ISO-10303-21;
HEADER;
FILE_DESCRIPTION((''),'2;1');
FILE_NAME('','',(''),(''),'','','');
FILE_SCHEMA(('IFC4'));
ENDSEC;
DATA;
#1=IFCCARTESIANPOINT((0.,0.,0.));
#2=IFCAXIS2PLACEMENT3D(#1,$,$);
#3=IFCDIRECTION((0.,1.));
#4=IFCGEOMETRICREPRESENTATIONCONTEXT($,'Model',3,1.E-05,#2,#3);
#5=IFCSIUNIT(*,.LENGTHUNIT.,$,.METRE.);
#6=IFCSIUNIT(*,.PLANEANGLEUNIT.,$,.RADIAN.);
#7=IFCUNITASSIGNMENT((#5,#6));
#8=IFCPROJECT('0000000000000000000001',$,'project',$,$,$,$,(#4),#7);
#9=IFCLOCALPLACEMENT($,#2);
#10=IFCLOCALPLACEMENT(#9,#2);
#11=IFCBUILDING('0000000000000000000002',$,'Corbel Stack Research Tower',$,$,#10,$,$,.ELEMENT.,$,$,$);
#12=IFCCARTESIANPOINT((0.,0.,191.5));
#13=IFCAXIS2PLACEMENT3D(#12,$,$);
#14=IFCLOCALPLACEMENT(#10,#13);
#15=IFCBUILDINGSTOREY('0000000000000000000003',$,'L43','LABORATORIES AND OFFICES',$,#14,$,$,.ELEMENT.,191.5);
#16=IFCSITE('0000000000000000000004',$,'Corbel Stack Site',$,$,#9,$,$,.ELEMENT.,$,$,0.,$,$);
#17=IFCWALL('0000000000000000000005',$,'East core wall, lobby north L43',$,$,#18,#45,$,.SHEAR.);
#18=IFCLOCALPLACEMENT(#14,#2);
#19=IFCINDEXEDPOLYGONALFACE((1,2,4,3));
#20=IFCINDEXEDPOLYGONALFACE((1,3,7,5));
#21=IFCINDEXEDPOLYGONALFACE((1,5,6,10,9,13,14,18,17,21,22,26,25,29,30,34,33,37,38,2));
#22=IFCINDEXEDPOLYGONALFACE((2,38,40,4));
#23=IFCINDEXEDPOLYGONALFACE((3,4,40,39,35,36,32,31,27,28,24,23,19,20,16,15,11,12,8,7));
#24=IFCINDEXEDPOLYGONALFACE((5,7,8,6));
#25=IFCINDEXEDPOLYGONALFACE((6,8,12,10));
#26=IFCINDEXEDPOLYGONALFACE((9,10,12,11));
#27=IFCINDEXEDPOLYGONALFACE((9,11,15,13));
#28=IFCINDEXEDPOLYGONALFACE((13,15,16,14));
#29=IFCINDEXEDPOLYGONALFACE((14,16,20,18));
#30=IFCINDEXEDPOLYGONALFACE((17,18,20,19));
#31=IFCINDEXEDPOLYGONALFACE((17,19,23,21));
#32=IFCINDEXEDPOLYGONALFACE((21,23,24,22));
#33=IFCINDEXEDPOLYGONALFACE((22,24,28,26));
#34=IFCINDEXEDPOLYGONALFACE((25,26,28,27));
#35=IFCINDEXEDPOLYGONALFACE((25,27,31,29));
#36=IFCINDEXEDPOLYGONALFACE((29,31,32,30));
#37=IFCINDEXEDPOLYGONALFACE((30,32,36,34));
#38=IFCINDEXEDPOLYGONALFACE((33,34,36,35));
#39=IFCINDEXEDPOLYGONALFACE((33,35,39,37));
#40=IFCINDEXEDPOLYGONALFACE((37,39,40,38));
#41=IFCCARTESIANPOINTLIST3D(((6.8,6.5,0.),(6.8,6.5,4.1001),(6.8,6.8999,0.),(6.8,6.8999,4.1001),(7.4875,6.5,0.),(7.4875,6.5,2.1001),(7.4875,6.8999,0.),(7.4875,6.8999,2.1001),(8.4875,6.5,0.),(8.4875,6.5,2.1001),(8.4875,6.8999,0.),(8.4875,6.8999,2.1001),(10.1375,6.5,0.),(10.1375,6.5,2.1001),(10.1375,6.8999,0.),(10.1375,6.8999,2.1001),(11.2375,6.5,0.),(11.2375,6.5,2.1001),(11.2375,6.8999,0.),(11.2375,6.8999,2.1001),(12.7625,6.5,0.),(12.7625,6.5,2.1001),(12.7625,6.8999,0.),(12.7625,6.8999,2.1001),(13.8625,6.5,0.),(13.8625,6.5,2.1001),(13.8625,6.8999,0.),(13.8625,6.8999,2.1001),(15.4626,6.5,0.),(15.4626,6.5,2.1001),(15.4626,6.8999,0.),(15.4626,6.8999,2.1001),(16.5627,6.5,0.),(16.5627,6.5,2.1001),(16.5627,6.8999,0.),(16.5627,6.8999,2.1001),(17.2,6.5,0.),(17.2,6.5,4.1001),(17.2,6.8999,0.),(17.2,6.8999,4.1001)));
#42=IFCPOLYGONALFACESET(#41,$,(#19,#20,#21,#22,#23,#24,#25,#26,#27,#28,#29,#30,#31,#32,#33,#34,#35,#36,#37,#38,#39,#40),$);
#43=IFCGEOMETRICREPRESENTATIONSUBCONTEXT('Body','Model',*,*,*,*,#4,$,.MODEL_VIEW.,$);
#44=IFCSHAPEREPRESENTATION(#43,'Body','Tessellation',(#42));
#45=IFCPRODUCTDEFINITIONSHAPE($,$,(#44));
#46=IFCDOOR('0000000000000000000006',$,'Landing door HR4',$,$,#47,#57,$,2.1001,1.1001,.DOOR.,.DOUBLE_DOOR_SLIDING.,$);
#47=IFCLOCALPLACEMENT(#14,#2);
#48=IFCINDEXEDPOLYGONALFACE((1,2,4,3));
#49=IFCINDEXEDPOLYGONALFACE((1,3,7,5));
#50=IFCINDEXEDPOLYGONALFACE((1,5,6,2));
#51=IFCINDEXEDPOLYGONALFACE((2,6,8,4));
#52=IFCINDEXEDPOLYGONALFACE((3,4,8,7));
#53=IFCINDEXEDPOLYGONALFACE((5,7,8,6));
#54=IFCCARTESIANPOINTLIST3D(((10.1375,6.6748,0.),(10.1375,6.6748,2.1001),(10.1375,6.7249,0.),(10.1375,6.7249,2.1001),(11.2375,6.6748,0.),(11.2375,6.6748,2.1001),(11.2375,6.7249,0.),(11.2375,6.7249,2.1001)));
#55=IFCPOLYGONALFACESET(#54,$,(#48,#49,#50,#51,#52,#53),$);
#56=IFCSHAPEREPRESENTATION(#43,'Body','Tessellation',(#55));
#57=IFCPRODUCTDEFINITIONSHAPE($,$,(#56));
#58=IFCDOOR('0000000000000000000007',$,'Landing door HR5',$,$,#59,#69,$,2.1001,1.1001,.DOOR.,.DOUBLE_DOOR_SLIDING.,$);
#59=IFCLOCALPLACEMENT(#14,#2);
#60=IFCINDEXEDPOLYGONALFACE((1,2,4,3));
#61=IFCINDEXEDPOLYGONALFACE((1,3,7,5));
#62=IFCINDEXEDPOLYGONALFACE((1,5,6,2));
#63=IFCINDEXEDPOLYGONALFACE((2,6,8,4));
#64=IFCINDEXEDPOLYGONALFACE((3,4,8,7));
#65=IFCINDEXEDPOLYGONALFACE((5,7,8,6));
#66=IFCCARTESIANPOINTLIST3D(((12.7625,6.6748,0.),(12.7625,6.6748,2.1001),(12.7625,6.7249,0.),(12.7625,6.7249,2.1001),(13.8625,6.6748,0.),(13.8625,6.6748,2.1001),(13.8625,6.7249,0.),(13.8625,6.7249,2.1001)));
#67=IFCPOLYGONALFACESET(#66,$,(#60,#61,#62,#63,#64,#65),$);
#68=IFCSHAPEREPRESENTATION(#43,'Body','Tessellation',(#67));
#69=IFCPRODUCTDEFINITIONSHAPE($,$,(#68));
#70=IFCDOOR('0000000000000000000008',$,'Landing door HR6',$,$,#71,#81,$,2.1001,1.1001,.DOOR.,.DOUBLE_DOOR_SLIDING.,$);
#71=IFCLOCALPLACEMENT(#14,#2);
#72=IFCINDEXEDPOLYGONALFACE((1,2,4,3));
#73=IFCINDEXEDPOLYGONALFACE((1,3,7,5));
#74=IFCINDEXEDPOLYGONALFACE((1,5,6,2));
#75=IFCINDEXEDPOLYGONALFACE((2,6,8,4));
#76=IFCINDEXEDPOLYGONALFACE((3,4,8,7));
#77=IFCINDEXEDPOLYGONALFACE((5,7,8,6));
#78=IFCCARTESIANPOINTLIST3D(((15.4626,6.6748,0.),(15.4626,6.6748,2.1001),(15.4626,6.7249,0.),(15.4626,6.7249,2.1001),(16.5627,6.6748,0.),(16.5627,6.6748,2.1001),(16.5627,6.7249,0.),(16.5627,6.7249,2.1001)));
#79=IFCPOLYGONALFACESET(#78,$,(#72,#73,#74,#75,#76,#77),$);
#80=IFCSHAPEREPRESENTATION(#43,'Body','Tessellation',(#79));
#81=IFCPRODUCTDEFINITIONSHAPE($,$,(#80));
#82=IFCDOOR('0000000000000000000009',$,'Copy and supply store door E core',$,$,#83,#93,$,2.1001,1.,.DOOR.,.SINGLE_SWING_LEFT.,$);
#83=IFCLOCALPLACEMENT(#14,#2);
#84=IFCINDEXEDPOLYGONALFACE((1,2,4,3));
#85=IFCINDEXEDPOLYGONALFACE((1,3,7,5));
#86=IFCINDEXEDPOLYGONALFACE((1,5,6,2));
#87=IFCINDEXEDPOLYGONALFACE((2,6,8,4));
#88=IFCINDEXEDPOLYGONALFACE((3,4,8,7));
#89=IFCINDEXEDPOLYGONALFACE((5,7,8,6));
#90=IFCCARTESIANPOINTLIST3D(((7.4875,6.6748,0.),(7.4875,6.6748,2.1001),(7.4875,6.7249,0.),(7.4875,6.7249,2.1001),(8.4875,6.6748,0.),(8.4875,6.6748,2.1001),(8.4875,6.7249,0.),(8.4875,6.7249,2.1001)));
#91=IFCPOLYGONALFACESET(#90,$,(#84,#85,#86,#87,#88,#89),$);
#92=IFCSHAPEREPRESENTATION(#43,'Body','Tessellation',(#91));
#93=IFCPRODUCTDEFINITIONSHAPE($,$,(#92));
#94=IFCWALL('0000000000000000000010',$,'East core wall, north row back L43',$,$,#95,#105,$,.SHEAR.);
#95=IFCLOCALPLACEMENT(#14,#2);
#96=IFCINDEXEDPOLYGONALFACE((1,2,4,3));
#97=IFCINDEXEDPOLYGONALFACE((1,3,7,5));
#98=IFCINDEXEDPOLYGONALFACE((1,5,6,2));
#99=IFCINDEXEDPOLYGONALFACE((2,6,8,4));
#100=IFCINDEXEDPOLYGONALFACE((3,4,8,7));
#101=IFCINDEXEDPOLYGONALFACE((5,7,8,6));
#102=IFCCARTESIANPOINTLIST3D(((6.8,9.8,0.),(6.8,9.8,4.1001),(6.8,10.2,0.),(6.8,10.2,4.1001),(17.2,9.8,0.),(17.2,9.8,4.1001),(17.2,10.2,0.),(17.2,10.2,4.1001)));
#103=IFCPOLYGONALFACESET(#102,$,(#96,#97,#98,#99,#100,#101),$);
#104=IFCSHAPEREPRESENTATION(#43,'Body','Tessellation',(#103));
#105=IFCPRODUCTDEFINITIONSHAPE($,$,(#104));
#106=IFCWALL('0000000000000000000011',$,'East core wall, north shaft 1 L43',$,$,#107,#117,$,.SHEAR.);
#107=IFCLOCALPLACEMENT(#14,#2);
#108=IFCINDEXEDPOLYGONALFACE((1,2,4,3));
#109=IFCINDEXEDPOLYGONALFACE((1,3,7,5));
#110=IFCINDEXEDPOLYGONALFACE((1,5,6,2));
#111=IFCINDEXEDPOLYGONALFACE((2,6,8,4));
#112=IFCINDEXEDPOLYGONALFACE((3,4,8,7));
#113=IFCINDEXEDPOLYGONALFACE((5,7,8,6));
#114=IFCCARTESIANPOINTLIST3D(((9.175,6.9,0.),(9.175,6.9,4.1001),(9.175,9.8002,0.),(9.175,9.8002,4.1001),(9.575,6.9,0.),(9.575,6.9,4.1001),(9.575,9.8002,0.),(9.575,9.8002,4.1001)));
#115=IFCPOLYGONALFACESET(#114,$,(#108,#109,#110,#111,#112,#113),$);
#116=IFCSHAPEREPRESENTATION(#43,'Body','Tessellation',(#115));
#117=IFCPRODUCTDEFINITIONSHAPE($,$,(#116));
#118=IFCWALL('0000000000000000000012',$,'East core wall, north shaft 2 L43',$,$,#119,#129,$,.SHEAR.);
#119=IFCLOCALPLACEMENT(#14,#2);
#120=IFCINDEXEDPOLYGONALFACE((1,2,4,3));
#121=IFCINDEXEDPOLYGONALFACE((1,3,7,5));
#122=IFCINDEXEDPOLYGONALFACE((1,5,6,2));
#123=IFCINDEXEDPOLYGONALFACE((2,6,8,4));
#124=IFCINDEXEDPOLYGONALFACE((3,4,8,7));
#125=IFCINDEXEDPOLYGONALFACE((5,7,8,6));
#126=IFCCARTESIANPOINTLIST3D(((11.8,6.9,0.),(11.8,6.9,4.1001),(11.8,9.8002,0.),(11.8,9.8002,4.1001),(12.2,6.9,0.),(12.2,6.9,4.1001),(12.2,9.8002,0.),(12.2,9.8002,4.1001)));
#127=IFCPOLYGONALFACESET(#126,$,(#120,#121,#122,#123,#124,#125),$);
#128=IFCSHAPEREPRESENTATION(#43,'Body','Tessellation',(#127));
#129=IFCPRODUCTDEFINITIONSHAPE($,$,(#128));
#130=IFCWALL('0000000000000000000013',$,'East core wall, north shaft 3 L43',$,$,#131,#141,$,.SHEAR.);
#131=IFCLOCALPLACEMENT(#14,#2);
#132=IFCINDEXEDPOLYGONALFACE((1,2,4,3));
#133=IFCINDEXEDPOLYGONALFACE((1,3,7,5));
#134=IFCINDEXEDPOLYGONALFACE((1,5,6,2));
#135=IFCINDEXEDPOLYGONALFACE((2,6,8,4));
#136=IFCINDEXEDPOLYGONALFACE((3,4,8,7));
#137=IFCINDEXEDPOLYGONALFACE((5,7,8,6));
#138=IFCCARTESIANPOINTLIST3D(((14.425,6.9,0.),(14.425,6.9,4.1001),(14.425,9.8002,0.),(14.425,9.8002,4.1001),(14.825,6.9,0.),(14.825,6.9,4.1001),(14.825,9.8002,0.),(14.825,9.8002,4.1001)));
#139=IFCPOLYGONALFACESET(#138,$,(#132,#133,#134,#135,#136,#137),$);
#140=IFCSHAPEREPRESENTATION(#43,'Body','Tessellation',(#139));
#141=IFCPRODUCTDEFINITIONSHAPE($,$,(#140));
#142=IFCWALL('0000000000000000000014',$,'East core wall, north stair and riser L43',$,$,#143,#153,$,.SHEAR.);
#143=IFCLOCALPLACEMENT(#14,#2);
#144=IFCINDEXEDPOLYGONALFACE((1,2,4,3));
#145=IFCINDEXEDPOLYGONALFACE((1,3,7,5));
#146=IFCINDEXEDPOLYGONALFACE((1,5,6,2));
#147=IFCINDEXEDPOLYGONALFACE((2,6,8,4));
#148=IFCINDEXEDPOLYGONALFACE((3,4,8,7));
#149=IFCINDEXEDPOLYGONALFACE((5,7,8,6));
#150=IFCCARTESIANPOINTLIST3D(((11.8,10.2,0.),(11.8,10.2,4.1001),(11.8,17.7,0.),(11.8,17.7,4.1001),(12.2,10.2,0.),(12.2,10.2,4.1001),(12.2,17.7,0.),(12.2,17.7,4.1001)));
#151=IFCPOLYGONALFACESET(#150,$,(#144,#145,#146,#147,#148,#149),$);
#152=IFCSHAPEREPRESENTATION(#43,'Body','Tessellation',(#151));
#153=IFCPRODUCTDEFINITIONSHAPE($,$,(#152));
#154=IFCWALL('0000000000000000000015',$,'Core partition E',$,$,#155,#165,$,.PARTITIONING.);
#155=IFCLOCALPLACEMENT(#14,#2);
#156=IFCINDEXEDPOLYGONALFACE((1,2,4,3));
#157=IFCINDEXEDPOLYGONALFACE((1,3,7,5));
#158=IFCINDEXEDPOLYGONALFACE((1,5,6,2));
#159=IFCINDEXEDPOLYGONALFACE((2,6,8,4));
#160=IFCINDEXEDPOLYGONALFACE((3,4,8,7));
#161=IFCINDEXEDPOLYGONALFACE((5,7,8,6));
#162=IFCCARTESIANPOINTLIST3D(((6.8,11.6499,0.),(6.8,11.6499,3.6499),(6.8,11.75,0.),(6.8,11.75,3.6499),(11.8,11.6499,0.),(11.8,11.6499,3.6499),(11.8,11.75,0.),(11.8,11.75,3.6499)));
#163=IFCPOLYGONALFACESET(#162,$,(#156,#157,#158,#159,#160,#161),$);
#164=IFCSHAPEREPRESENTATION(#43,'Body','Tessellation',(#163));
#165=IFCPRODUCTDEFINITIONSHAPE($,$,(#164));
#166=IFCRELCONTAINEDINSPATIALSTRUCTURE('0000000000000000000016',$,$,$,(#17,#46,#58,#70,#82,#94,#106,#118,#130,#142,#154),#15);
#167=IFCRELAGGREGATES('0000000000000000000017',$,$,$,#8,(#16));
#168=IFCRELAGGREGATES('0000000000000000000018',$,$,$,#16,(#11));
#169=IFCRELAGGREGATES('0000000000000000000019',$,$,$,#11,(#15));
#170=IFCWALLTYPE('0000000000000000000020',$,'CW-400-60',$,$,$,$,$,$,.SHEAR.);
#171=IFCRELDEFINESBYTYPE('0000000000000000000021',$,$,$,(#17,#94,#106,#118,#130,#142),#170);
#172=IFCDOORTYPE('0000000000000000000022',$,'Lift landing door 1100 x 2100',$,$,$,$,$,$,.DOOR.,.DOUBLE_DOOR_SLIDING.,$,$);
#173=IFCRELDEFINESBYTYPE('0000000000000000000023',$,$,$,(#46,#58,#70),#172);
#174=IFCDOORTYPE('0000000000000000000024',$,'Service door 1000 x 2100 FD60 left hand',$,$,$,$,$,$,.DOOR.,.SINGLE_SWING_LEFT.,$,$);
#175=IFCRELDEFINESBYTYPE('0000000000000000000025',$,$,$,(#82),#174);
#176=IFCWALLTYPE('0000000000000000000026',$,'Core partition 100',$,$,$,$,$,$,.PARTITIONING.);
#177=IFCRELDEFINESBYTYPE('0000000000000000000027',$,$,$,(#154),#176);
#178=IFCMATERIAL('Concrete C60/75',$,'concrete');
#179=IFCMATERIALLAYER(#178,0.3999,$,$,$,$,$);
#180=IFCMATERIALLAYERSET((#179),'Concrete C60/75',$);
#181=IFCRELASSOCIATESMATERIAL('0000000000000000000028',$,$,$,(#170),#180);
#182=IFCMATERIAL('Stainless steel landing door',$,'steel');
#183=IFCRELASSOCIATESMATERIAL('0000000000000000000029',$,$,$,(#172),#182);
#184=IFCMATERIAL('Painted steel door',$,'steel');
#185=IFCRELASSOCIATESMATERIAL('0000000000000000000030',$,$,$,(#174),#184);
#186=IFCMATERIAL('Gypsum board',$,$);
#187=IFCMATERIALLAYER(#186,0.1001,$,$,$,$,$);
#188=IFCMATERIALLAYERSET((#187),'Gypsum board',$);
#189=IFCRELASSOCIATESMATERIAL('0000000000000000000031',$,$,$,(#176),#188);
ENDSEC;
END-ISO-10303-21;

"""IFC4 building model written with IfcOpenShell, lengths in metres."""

from ifc_helpers import new_model, si_unit, direction, frame, frame_2d, origin, place, context, subcontext, project, spatial, rectangle, extrude, material, layer, layer_set, type_object, element, fill, save


model = new_model("IFC4")

# Units and contexts
model_context = context("Model", 3, precision=1e-05, world=origin(), true_north=direction((0.0, 1.0)))
body_context = subcontext(model_context, "Body", "Model", "MODEL_VIEW")
ifc_project = project(units=[si_unit("LENGTHUNIT", "METRE"), si_unit("PLANEANGLEUNIT", "RADIAN")], contexts=[model_context])

# Site, building, storey
site_placement = place(None, origin())
site = spatial("IfcSite", under=ifc_project, at=site_placement, Name="Corbel Stack Site", CompositionType="ELEMENT", RefElevation=0.0)
building_placement = place(site_placement, origin())
building = spatial("IfcBuilding", under=site, at=building_placement, Name="Corbel Stack Research Tower", CompositionType="ELEMENT")
storey_placement = place(building_placement, frame((0.0, 0.0, 191.5)))
storey = spatial("IfcBuildingStorey", under=building, at=storey_placement, Name="L43", Description="LABORATORIES AND OFFICES", CompositionType="ELEMENT", Elevation=191.5)

# Wall, openings, doors
ifc_material_1 = material(Name="Concrete C60/75", Category="concrete")
ifc_layer_1 = layer(ifc_material_1, 0.3999)
ifc_layer_set_1 = layer_set([ifc_layer_1], Name="Concrete C60/75")
wall_type_1 = type_object("IfcWallType", Name="CW-400-60", PredefinedType="SHEAR", material=ifc_layer_set_1)
ifc_material_2 = material(Name="Stainless steel landing door", Category="steel")
door_type_1 = type_object("IfcDoorType", Name="Lift landing door 1100 x 2100", OperationType="DOUBLE_DOOR_SLIDING", PredefinedType="DOOR", material=ifc_material_2)
ifc_material_3 = material(Name="Painted steel door", Category="steel")
door_type_2 = type_object("IfcDoorType", Name="Service door 1000 x 2100 FD60 left hand", OperationType="SINGLE_SWING_LEFT", PredefinedType="DOOR", material=ifc_material_3)
wall_1_placement = place(storey_placement, frame((6.8, 6.7, 0.0), z_axis=(0.0, 0.0, 1.0), x_axis=(1.0, 0.0, 0.0)))
wall_1 = element("IfcWall", 1, at=wall_1_placement, inside=storey, type_object=wall_type_1, Name="East core wall, lobby north L43", PredefinedType="SHEAR", context=body_context, shape_type="SweptSolid", body=[
    extrude(rectangle(XDim=10.3999, YDim=0.3999, at=frame_2d((5.2, 0.0))), origin(), (0.0, 0.0, 1.0), 4.1001),
])
opening_1_placement = place(wall_1_placement, frame((3.3374, 0.0, 0.0)))
opening_1 = element("IfcOpeningElement", 2, at=opening_1_placement, cuts=wall_1, PredefinedType="OPENING", context=body_context, shape_type="SweptSolid", body=[
    extrude(rectangle(XDim=1.1001, YDim=2.1001, at=frame_2d((0.55, 1.05))), frame((0.0, 0.21, 0.0), z_axis=(0.0, -1.0, 0.0), x_axis=(1.0, 0.0, 0.0)), (0.0, 0.0, 1.0), 0.4199),
])
opening_2_placement = place(wall_1_placement, frame((5.9624, 0.0, 0.0)))
opening_2 = element("IfcOpeningElement", 3, at=opening_2_placement, cuts=wall_1, PredefinedType="OPENING", context=body_context, shape_type="SweptSolid", body=[
    extrude(rectangle(XDim=1.1001, YDim=2.1001, at=frame_2d((0.55, 1.05))), frame((0.0, 0.21, 0.0), z_axis=(0.0, -1.0, 0.0), x_axis=(1.0, 0.0, 0.0)), (0.0, 0.0, 1.0), 0.4199),
])
opening_3_placement = place(wall_1_placement, frame((8.6626, 0.0, 0.0)))
opening_3 = element("IfcOpeningElement", 4, at=opening_3_placement, cuts=wall_1, PredefinedType="OPENING", context=body_context, shape_type="SweptSolid", body=[
    extrude(rectangle(XDim=1.1001, YDim=2.1001, at=frame_2d((0.55, 1.05))), frame((0.0, 0.21, 0.0), z_axis=(0.0, -1.0, 0.0), x_axis=(1.0, 0.0, 0.0)), (0.0, 0.0, 1.0), 0.4199),
])
opening_4_placement = place(wall_1_placement, frame((0.6875, 0.0, 0.0)))
opening_4 = element("IfcOpeningElement", 5, at=opening_4_placement, cuts=wall_1, PredefinedType="OPENING", context=body_context, shape_type="SweptSolid", body=[
    extrude(rectangle(XDim=1.0, YDim=2.1001, at=frame_2d((0.5, 1.05))), frame((0.0, 0.21, 0.0), z_axis=(0.0, -1.0, 0.0), x_axis=(1.0, 0.0, 0.0)), (0.0, 0.0, 1.0), 0.4199),
])
door_1_placement = place(opening_1_placement, origin())
door_1 = element("IfcDoor", 6, at=door_1_placement, inside=storey, type_object=door_type_1, Name="Landing door HR4", OperationType="DOUBLE_DOOR_SLIDING", OverallHeight=2.1001, OverallWidth=1.1001, PredefinedType="DOOR", context=body_context, shape_type="SweptSolid", body=[
    extrude(rectangle(XDim=1.1001, YDim=2.1001, at=frame_2d((0.55, 1.05))), frame((0.0, 0.0249, 0.0), z_axis=(0.0, -1.0, 0.0), x_axis=(1.0, 0.0, 0.0)), (0.0, 0.0, 1.0), 0.05),
])
fill(opening_1, door_1)
door_2_placement = place(opening_2_placement, origin())
door_2 = element("IfcDoor", 7, at=door_2_placement, inside=storey, type_object=door_type_1, Name="Landing door HR5", OperationType="DOUBLE_DOOR_SLIDING", OverallHeight=2.1001, OverallWidth=1.1001, PredefinedType="DOOR", context=body_context, shape_type="SweptSolid", body=[
    extrude(rectangle(XDim=1.1001, YDim=2.1001, at=frame_2d((0.55, 1.05))), frame((0.0, 0.0249, 0.0), z_axis=(0.0, -1.0, 0.0), x_axis=(1.0, 0.0, 0.0)), (0.0, 0.0, 1.0), 0.05),
])
fill(opening_2, door_2)
door_3_placement = place(opening_3_placement, origin())
door_3 = element("IfcDoor", 8, at=door_3_placement, inside=storey, type_object=door_type_1, Name="Landing door HR6", OperationType="DOUBLE_DOOR_SLIDING", OverallHeight=2.1001, OverallWidth=1.1001, PredefinedType="DOOR", context=body_context, shape_type="SweptSolid", body=[
    extrude(rectangle(XDim=1.1001, YDim=2.1001, at=frame_2d((0.55, 1.05))), frame((0.0, 0.0249, 0.0), z_axis=(0.0, -1.0, 0.0), x_axis=(1.0, 0.0, 0.0)), (0.0, 0.0, 1.0), 0.05),
])
fill(opening_3, door_3)
door_4_placement = place(opening_4_placement, origin())
door_4 = element("IfcDoor", 9, at=door_4_placement, inside=storey, type_object=door_type_2, Name="Copy and supply store door E core", OperationType="SINGLE_SWING_LEFT", OverallHeight=2.1001, OverallWidth=1.0, PredefinedType="DOOR", context=body_context, shape_type="SweptSolid", body=[
    extrude(rectangle(XDim=1.0, YDim=2.1001, at=frame_2d((0.5, 1.05))), frame((0.0, 0.0249, 0.0), z_axis=(0.0, -1.0, 0.0), x_axis=(1.0, 0.0, 0.0)), (0.0, 0.0, 1.0), 0.05),
])
fill(opening_4, door_4)

# Walls
wall_2_placement = place(storey_placement, frame((6.8, 10.0, 0.0), z_axis=(0.0, 0.0, 1.0), x_axis=(1.0, 0.0, 0.0)))
element("IfcWall", 10, at=wall_2_placement, inside=storey, type_object=wall_type_1, Name="East core wall, north row back L43", PredefinedType="SHEAR", context=body_context, shape_type="SweptSolid", body=[
    extrude(rectangle(XDim=10.3999, YDim=0.3999, at=frame_2d((5.2, 0.0))), origin(), (0.0, 0.0, 1.0), 4.1001),
])
for number, where, z_axis, x_axis, name in (
    (11, (9.375, 6.8999, 0.0), (0.0, 0.0, 1.0), (0.0, 1.0, 0.0), "East core wall, north shaft 1 L43"),
    (12, (12.0, 6.8999, 0.0), (0.0, 0.0, 1.0), (0.0, 1.0, 0.0), "East core wall, north shaft 2 L43"),
    (13, (14.625, 6.8999, 0.0), (0.0, 0.0, 1.0), (0.0, 1.0, 0.0), "East core wall, north shaft 3 L43"),
):
    element("IfcWall", number, at=place(storey_placement, frame(where, z_axis=z_axis, x_axis=x_axis)), inside=storey, type_object=wall_type_1, Name=name, PredefinedType="SHEAR", context=body_context, shape_type="SweptSolid", body=[
        extrude(rectangle(XDim=2.9001, YDim=0.3999, at=frame_2d((1.4502, 0.0))), origin(), (0.0, 0.0, 1.0), 4.1001),
    ])
wall_3_placement = place(storey_placement, frame((12.0, 10.2, 0.0), z_axis=(0.0, 0.0, 1.0), x_axis=(0.0, 1.0, 0.0)))
element("IfcWall", 14, at=wall_3_placement, inside=storey, type_object=wall_type_1, Name="East core wall, north stair and riser L43", PredefinedType="SHEAR", context=body_context, shape_type="SweptSolid", body=[
    extrude(rectangle(XDim=7.5, YDim=0.3999, at=frame_2d((3.75, 0.0))), origin(), (0.0, 0.0, 1.0), 4.1001),
])
ifc_material_4 = material(Name="Gypsum board")
ifc_layer_2 = layer(ifc_material_4, 0.1001)
ifc_layer_set_2 = layer_set([ifc_layer_2], Name="Gypsum board")
wall_type_2 = type_object("IfcWallType", Name="Core partition 100", PredefinedType="PARTITIONING", material=ifc_layer_set_2)
wall_4_placement = place(storey_placement, frame((6.8, 11.7, 0.0), z_axis=(0.0, 0.0, 1.0), x_axis=(1.0, 0.0, 0.0)))
element("IfcWall", 15, at=wall_4_placement, inside=storey, type_object=wall_type_2, Name="Core partition E", PredefinedType="PARTITIONING", context=body_context, shape_type="SweptSolid", body=[
    extrude(rectangle(XDim=5.0, YDim=0.1001, at=frame_2d((2.5, 0.0))), origin(), (0.0, 0.0, 1.0), 3.6499),
])

save(model, "model.ifc")
